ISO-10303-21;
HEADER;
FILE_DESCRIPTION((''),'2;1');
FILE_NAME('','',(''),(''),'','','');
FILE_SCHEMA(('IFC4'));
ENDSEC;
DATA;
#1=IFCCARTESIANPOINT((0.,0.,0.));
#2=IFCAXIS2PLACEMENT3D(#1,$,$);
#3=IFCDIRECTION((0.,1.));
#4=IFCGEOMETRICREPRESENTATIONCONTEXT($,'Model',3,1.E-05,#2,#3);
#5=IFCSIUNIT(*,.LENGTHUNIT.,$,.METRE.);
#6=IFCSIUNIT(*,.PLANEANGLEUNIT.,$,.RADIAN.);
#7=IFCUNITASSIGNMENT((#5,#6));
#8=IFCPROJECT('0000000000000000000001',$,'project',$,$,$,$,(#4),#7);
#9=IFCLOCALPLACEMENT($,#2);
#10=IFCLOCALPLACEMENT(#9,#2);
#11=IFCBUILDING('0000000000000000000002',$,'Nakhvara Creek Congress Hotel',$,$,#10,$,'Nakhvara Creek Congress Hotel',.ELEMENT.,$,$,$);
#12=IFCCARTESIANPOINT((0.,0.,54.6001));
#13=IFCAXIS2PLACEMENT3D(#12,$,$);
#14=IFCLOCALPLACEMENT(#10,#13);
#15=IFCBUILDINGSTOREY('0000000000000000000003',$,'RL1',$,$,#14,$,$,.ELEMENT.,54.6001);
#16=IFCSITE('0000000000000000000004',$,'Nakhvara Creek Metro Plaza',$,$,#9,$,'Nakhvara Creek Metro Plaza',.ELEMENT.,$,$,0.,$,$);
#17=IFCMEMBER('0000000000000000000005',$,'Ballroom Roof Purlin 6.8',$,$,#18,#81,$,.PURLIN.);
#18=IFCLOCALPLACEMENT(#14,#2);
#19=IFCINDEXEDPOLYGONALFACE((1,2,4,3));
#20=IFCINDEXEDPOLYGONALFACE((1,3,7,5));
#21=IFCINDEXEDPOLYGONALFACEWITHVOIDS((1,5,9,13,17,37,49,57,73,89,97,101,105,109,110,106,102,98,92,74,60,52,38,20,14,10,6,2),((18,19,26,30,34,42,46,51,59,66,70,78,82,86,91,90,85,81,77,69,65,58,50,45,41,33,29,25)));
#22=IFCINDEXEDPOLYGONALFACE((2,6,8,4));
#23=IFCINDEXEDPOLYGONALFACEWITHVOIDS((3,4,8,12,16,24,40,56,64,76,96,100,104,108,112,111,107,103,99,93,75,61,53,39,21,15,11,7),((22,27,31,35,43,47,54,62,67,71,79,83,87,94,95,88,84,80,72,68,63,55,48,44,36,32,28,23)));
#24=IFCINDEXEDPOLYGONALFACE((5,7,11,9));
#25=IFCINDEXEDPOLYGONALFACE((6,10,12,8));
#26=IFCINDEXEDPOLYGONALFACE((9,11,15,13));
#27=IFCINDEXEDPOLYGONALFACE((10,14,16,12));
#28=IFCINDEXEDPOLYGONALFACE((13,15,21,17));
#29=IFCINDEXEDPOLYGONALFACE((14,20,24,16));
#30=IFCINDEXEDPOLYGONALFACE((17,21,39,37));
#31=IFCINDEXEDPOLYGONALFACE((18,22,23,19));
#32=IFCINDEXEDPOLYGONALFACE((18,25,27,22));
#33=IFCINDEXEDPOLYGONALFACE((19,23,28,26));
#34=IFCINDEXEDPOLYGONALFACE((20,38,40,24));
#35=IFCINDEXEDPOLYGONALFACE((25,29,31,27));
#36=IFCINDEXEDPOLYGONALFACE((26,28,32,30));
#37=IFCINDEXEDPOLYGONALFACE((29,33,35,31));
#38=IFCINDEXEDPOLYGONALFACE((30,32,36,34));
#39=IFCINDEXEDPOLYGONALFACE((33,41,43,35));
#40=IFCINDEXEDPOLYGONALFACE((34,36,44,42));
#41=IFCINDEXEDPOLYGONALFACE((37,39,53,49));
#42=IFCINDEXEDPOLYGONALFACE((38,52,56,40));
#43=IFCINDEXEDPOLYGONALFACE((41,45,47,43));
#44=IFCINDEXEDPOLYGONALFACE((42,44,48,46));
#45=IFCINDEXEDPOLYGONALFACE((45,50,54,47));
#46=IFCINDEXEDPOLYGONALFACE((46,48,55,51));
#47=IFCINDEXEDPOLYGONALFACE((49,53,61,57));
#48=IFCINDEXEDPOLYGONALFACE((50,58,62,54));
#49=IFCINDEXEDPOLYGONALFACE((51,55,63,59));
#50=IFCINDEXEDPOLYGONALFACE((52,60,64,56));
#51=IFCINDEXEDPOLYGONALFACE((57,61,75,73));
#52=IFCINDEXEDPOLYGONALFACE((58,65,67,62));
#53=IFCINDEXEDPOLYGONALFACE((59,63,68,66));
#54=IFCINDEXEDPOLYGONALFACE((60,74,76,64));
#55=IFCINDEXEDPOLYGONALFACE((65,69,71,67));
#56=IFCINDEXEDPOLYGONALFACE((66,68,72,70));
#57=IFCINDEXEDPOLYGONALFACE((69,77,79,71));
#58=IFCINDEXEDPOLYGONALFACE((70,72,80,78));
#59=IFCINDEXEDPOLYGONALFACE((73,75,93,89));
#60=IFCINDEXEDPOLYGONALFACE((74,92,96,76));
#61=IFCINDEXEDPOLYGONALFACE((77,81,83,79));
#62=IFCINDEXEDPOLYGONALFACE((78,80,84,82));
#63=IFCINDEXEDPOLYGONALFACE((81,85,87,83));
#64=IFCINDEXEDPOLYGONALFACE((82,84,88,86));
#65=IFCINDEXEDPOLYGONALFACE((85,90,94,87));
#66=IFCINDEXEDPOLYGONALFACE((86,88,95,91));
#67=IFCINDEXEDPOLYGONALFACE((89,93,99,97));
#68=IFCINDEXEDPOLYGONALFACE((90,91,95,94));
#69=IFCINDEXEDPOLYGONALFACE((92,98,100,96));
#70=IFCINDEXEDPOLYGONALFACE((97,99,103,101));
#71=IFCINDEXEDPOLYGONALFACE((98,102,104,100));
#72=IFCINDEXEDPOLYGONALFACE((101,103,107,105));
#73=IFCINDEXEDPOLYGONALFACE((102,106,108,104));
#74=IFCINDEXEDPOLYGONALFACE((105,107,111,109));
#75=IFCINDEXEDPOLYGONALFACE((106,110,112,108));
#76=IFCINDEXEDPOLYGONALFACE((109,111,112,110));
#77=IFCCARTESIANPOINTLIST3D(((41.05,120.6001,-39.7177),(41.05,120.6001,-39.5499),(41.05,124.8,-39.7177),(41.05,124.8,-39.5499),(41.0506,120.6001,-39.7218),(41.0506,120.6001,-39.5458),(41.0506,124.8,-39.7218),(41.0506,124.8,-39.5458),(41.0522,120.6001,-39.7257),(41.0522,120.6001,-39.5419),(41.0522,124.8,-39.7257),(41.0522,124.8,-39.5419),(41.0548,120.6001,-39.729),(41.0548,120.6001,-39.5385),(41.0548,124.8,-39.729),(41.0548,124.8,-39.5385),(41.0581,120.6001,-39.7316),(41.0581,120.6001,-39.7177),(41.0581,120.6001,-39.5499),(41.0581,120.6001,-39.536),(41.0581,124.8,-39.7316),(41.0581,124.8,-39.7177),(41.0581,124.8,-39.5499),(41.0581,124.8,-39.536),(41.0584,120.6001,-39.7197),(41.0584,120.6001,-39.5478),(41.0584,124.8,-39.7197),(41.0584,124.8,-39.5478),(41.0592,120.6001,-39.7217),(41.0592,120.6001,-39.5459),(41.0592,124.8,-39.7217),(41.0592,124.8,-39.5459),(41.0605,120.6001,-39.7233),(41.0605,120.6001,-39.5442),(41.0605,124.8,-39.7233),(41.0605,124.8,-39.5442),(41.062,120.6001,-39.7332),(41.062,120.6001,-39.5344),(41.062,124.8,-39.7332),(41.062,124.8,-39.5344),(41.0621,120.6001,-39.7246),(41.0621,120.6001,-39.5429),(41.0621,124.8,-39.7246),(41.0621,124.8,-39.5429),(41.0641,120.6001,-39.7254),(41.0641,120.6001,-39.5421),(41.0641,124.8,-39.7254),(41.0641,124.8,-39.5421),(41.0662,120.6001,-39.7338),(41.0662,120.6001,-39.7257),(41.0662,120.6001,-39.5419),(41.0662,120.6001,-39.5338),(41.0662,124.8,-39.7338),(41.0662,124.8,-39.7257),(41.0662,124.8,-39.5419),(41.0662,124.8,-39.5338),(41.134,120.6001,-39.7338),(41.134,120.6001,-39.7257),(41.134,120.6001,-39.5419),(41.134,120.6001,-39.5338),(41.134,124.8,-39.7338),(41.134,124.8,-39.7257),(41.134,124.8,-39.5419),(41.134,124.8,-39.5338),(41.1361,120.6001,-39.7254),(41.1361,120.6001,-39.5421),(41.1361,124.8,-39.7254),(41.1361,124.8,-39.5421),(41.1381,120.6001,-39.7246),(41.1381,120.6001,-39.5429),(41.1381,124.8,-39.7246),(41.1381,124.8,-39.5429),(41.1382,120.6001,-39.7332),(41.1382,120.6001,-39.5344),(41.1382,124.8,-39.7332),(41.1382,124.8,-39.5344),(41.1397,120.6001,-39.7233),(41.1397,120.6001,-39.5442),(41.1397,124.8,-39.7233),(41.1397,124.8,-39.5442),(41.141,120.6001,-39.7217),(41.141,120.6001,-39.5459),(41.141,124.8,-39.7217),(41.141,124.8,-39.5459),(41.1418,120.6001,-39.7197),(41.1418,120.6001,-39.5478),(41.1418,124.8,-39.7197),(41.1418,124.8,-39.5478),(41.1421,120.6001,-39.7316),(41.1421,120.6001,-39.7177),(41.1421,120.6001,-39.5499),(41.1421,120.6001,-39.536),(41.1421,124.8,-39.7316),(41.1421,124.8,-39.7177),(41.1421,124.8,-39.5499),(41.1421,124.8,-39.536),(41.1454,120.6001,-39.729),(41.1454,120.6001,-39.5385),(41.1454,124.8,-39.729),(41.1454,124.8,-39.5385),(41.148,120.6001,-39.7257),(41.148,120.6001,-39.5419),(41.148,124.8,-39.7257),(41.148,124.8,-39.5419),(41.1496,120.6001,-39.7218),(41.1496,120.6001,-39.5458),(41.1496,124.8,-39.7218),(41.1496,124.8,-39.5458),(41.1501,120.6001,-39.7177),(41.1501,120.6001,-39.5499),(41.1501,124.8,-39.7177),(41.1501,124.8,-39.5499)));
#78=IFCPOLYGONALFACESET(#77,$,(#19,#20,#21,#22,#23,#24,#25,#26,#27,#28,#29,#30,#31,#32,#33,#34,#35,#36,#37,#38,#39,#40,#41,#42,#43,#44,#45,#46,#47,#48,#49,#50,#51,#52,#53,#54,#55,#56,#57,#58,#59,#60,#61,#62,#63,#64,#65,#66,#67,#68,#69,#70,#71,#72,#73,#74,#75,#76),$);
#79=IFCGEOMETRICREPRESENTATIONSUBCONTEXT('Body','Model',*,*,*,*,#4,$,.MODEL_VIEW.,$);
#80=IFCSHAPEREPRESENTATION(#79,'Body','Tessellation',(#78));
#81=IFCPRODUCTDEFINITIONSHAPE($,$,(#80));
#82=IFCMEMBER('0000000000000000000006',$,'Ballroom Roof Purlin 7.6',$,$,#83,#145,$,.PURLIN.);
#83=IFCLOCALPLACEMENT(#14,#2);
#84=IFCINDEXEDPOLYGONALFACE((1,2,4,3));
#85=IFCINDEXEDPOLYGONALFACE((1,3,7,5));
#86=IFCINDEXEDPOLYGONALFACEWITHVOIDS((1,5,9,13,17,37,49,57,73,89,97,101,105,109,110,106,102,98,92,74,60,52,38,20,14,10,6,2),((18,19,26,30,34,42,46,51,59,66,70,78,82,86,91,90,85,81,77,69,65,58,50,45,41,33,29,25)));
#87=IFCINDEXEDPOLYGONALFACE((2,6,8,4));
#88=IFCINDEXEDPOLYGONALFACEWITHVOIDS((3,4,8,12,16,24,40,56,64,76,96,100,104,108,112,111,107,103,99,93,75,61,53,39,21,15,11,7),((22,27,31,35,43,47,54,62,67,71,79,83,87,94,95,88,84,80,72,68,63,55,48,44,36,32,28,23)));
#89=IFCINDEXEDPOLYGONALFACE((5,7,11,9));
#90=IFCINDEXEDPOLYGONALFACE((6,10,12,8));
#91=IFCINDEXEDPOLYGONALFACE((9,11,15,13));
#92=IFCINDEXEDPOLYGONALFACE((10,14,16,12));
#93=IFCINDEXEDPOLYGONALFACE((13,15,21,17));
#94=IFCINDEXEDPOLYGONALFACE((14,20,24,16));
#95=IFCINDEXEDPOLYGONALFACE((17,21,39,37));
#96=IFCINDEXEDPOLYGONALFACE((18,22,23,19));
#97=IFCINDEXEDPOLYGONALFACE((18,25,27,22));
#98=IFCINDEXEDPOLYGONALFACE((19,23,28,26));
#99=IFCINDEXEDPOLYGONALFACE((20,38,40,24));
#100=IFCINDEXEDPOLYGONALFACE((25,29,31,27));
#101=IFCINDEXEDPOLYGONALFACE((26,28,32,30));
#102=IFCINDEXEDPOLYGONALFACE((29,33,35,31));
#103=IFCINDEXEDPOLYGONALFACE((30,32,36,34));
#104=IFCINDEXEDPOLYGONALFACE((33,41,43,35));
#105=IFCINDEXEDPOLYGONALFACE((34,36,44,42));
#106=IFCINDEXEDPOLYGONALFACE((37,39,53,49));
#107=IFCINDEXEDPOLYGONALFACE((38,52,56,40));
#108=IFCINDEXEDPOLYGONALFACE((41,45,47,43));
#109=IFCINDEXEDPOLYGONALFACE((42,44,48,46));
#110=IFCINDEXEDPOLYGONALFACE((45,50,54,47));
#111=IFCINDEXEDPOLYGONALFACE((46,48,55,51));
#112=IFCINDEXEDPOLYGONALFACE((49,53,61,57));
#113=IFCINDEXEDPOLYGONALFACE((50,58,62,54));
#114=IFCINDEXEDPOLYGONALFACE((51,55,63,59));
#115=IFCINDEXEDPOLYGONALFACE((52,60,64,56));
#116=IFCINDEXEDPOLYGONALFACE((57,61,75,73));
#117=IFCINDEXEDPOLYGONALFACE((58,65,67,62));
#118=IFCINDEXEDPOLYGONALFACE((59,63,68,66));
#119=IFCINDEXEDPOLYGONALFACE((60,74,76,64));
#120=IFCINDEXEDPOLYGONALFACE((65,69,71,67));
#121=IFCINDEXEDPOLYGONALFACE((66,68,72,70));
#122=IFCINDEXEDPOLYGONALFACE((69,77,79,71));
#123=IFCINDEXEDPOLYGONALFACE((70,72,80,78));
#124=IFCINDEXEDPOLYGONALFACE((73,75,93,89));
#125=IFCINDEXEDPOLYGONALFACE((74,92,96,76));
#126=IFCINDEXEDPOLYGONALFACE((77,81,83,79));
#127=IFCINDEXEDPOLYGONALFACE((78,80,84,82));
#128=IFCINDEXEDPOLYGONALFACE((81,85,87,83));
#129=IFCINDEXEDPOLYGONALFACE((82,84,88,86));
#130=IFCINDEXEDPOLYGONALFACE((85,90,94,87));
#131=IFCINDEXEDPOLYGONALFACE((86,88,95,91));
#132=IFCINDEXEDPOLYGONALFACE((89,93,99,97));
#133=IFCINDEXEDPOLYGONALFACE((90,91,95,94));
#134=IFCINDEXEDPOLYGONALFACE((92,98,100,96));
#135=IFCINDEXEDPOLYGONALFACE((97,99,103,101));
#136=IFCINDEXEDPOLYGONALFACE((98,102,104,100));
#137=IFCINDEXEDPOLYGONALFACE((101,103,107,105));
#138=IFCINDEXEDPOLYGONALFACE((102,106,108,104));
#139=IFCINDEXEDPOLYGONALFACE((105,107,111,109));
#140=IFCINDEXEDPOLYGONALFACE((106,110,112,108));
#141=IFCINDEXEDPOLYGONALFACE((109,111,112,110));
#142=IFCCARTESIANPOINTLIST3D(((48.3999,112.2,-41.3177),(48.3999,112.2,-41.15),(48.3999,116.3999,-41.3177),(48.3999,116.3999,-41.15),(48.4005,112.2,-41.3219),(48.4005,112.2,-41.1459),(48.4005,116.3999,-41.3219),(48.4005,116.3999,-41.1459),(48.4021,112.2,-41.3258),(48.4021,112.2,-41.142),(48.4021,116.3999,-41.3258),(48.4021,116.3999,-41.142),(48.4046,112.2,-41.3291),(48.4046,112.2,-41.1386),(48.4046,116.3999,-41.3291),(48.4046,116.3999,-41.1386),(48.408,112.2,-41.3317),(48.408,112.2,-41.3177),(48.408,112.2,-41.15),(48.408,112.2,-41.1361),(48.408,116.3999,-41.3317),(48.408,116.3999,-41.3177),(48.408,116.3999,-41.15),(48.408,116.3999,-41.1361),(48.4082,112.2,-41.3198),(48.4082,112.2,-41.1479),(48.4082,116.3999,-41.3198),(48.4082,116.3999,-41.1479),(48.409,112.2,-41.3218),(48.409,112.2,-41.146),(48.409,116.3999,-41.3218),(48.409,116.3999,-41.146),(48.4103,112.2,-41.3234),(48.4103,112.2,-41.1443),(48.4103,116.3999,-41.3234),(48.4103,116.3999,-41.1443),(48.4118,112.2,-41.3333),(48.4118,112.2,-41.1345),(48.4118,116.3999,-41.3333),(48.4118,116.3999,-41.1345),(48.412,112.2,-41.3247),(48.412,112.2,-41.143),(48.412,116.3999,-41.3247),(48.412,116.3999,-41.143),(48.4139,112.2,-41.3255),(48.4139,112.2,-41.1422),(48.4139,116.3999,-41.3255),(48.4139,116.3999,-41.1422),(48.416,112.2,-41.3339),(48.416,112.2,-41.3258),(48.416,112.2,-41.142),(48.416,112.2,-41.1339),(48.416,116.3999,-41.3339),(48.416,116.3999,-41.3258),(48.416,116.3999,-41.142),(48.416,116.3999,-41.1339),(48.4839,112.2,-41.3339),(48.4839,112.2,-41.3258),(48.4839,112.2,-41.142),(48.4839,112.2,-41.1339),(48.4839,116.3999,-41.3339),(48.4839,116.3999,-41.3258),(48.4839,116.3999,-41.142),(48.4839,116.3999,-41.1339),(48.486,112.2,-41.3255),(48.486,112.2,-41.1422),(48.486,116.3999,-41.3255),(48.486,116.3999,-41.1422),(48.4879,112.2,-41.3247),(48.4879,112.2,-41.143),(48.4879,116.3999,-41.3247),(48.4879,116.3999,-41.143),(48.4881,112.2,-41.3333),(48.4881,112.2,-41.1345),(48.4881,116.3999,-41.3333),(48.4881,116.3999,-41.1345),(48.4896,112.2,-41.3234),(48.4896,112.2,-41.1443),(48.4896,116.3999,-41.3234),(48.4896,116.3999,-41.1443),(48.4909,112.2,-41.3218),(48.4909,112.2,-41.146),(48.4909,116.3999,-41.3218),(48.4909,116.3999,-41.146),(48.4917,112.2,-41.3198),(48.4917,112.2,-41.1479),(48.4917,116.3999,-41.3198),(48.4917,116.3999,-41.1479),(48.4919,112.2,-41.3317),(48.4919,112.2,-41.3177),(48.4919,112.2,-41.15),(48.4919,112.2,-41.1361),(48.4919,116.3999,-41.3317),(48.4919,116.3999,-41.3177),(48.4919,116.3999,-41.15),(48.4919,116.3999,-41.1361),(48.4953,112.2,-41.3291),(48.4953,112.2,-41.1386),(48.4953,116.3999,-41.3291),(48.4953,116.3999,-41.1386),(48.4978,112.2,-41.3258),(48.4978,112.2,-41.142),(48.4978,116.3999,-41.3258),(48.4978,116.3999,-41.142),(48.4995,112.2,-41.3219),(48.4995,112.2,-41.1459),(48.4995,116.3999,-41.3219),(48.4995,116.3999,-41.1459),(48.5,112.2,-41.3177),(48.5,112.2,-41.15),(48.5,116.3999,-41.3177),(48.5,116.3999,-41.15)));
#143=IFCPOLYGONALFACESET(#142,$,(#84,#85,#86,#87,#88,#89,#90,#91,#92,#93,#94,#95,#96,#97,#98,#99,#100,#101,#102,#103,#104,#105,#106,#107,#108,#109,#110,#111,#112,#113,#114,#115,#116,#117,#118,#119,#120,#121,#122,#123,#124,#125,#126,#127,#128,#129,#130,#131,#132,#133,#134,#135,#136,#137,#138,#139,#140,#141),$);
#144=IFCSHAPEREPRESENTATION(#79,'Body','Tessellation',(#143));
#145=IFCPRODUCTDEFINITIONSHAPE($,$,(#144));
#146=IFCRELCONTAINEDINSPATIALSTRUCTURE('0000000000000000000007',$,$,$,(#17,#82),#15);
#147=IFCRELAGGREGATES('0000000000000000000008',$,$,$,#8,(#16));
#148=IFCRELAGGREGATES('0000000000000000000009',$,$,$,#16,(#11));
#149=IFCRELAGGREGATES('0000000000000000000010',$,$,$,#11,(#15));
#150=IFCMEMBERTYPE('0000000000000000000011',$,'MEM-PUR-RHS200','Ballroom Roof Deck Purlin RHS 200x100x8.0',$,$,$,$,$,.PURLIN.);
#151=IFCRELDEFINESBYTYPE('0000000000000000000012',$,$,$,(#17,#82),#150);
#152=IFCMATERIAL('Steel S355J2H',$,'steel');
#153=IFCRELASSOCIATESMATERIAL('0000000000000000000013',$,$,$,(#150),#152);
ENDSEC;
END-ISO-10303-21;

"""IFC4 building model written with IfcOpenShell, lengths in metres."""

from ifc_helpers import new_model, si_unit, direction, frame, origin, origin_2d, place, context, subcontext, project, spatial, hollow_rectangle, extrude, material, material_profile, profile_set, type_object, element, save


model = new_model("IFC4")

# Units and contexts
model_context = context("Model", 3, precision=1e-05, world=origin(), true_north=direction((0.0, 1.0)))
body_context = subcontext(model_context, "Body", "Model", "MODEL_VIEW")
ifc_project = project(units=[si_unit("LENGTHUNIT", "METRE"), si_unit("PLANEANGLEUNIT", "RADIAN")], contexts=[model_context])

# Site, building, storey
site_placement = place(None, origin())
site = spatial("IfcSite", under=ifc_project, at=site_placement, Name="Nakhvara Creek Metro Plaza", LongName="Nakhvara Creek Metro Plaza", CompositionType="ELEMENT", RefElevation=0.0)
building_placement = place(site_placement, origin())
building = spatial("IfcBuilding", under=site, at=building_placement, Name="Nakhvara Creek Congress Hotel", LongName="Nakhvara Creek Congress Hotel", CompositionType="ELEMENT")
storey_placement = place(building_placement, frame((0.0, 0.0, 54.6001)))
storey = spatial("IfcBuildingStorey", under=building, at=storey_placement, Name="RL1", CompositionType="ELEMENT", Elevation=54.6001)

# Members
ifc_material_1 = material(Name="Steel S355J2H", Category="steel")
ifc_material_profile_1 = material_profile(ifc_material_1, hollow_rectangle(XDim=0.1001, YDim=0.2, WallThickness=0.0081, InnerFilletRadius=0.0081, OuterFilletRadius=0.0161, at=origin_2d()), Name="RHS 200x100x8.0", Category="LoadBearing")
ifc_profile_set_1 = profile_set([ifc_material_profile_1], Name="Steel S355J2H")
member_type_1 = type_object("IfcMemberType", Name="MEM-PUR-RHS200", Description="Ballroom Roof Deck Purlin RHS 200x100x8.0", PredefinedType="PURLIN", material=ifc_profile_set_1)
for number, where, z_axis, x_axis, name in (
    (1, (41.1001, 120.6001, -39.6338), (0.0, 1.0, 0.0), (-1.0, 0.0, 0.0), "Ballroom Roof Purlin 6.8"),
    (2, (48.45, 112.2, -41.2339), (0.0, 1.0, 0.0), (-1.0, 0.0, 0.0), "Ballroom Roof Purlin 7.6"),
):
    element("IfcMember", number, at=place(storey_placement, frame(where, z_axis=z_axis, x_axis=x_axis)), inside=storey, type_object=member_type_1, Name=name, PredefinedType="PURLIN", context=body_context, shape_type="SweptSolid", body=[
        extrude(hollow_rectangle(XDim=0.1001, YDim=0.2, WallThickness=0.0081, InnerFilletRadius=0.0081, OuterFilletRadius=0.0161, at=origin_2d()), origin(), (0.0, 0.0, 1.0), 4.2),
    ])

save(model, "model.ifc")
